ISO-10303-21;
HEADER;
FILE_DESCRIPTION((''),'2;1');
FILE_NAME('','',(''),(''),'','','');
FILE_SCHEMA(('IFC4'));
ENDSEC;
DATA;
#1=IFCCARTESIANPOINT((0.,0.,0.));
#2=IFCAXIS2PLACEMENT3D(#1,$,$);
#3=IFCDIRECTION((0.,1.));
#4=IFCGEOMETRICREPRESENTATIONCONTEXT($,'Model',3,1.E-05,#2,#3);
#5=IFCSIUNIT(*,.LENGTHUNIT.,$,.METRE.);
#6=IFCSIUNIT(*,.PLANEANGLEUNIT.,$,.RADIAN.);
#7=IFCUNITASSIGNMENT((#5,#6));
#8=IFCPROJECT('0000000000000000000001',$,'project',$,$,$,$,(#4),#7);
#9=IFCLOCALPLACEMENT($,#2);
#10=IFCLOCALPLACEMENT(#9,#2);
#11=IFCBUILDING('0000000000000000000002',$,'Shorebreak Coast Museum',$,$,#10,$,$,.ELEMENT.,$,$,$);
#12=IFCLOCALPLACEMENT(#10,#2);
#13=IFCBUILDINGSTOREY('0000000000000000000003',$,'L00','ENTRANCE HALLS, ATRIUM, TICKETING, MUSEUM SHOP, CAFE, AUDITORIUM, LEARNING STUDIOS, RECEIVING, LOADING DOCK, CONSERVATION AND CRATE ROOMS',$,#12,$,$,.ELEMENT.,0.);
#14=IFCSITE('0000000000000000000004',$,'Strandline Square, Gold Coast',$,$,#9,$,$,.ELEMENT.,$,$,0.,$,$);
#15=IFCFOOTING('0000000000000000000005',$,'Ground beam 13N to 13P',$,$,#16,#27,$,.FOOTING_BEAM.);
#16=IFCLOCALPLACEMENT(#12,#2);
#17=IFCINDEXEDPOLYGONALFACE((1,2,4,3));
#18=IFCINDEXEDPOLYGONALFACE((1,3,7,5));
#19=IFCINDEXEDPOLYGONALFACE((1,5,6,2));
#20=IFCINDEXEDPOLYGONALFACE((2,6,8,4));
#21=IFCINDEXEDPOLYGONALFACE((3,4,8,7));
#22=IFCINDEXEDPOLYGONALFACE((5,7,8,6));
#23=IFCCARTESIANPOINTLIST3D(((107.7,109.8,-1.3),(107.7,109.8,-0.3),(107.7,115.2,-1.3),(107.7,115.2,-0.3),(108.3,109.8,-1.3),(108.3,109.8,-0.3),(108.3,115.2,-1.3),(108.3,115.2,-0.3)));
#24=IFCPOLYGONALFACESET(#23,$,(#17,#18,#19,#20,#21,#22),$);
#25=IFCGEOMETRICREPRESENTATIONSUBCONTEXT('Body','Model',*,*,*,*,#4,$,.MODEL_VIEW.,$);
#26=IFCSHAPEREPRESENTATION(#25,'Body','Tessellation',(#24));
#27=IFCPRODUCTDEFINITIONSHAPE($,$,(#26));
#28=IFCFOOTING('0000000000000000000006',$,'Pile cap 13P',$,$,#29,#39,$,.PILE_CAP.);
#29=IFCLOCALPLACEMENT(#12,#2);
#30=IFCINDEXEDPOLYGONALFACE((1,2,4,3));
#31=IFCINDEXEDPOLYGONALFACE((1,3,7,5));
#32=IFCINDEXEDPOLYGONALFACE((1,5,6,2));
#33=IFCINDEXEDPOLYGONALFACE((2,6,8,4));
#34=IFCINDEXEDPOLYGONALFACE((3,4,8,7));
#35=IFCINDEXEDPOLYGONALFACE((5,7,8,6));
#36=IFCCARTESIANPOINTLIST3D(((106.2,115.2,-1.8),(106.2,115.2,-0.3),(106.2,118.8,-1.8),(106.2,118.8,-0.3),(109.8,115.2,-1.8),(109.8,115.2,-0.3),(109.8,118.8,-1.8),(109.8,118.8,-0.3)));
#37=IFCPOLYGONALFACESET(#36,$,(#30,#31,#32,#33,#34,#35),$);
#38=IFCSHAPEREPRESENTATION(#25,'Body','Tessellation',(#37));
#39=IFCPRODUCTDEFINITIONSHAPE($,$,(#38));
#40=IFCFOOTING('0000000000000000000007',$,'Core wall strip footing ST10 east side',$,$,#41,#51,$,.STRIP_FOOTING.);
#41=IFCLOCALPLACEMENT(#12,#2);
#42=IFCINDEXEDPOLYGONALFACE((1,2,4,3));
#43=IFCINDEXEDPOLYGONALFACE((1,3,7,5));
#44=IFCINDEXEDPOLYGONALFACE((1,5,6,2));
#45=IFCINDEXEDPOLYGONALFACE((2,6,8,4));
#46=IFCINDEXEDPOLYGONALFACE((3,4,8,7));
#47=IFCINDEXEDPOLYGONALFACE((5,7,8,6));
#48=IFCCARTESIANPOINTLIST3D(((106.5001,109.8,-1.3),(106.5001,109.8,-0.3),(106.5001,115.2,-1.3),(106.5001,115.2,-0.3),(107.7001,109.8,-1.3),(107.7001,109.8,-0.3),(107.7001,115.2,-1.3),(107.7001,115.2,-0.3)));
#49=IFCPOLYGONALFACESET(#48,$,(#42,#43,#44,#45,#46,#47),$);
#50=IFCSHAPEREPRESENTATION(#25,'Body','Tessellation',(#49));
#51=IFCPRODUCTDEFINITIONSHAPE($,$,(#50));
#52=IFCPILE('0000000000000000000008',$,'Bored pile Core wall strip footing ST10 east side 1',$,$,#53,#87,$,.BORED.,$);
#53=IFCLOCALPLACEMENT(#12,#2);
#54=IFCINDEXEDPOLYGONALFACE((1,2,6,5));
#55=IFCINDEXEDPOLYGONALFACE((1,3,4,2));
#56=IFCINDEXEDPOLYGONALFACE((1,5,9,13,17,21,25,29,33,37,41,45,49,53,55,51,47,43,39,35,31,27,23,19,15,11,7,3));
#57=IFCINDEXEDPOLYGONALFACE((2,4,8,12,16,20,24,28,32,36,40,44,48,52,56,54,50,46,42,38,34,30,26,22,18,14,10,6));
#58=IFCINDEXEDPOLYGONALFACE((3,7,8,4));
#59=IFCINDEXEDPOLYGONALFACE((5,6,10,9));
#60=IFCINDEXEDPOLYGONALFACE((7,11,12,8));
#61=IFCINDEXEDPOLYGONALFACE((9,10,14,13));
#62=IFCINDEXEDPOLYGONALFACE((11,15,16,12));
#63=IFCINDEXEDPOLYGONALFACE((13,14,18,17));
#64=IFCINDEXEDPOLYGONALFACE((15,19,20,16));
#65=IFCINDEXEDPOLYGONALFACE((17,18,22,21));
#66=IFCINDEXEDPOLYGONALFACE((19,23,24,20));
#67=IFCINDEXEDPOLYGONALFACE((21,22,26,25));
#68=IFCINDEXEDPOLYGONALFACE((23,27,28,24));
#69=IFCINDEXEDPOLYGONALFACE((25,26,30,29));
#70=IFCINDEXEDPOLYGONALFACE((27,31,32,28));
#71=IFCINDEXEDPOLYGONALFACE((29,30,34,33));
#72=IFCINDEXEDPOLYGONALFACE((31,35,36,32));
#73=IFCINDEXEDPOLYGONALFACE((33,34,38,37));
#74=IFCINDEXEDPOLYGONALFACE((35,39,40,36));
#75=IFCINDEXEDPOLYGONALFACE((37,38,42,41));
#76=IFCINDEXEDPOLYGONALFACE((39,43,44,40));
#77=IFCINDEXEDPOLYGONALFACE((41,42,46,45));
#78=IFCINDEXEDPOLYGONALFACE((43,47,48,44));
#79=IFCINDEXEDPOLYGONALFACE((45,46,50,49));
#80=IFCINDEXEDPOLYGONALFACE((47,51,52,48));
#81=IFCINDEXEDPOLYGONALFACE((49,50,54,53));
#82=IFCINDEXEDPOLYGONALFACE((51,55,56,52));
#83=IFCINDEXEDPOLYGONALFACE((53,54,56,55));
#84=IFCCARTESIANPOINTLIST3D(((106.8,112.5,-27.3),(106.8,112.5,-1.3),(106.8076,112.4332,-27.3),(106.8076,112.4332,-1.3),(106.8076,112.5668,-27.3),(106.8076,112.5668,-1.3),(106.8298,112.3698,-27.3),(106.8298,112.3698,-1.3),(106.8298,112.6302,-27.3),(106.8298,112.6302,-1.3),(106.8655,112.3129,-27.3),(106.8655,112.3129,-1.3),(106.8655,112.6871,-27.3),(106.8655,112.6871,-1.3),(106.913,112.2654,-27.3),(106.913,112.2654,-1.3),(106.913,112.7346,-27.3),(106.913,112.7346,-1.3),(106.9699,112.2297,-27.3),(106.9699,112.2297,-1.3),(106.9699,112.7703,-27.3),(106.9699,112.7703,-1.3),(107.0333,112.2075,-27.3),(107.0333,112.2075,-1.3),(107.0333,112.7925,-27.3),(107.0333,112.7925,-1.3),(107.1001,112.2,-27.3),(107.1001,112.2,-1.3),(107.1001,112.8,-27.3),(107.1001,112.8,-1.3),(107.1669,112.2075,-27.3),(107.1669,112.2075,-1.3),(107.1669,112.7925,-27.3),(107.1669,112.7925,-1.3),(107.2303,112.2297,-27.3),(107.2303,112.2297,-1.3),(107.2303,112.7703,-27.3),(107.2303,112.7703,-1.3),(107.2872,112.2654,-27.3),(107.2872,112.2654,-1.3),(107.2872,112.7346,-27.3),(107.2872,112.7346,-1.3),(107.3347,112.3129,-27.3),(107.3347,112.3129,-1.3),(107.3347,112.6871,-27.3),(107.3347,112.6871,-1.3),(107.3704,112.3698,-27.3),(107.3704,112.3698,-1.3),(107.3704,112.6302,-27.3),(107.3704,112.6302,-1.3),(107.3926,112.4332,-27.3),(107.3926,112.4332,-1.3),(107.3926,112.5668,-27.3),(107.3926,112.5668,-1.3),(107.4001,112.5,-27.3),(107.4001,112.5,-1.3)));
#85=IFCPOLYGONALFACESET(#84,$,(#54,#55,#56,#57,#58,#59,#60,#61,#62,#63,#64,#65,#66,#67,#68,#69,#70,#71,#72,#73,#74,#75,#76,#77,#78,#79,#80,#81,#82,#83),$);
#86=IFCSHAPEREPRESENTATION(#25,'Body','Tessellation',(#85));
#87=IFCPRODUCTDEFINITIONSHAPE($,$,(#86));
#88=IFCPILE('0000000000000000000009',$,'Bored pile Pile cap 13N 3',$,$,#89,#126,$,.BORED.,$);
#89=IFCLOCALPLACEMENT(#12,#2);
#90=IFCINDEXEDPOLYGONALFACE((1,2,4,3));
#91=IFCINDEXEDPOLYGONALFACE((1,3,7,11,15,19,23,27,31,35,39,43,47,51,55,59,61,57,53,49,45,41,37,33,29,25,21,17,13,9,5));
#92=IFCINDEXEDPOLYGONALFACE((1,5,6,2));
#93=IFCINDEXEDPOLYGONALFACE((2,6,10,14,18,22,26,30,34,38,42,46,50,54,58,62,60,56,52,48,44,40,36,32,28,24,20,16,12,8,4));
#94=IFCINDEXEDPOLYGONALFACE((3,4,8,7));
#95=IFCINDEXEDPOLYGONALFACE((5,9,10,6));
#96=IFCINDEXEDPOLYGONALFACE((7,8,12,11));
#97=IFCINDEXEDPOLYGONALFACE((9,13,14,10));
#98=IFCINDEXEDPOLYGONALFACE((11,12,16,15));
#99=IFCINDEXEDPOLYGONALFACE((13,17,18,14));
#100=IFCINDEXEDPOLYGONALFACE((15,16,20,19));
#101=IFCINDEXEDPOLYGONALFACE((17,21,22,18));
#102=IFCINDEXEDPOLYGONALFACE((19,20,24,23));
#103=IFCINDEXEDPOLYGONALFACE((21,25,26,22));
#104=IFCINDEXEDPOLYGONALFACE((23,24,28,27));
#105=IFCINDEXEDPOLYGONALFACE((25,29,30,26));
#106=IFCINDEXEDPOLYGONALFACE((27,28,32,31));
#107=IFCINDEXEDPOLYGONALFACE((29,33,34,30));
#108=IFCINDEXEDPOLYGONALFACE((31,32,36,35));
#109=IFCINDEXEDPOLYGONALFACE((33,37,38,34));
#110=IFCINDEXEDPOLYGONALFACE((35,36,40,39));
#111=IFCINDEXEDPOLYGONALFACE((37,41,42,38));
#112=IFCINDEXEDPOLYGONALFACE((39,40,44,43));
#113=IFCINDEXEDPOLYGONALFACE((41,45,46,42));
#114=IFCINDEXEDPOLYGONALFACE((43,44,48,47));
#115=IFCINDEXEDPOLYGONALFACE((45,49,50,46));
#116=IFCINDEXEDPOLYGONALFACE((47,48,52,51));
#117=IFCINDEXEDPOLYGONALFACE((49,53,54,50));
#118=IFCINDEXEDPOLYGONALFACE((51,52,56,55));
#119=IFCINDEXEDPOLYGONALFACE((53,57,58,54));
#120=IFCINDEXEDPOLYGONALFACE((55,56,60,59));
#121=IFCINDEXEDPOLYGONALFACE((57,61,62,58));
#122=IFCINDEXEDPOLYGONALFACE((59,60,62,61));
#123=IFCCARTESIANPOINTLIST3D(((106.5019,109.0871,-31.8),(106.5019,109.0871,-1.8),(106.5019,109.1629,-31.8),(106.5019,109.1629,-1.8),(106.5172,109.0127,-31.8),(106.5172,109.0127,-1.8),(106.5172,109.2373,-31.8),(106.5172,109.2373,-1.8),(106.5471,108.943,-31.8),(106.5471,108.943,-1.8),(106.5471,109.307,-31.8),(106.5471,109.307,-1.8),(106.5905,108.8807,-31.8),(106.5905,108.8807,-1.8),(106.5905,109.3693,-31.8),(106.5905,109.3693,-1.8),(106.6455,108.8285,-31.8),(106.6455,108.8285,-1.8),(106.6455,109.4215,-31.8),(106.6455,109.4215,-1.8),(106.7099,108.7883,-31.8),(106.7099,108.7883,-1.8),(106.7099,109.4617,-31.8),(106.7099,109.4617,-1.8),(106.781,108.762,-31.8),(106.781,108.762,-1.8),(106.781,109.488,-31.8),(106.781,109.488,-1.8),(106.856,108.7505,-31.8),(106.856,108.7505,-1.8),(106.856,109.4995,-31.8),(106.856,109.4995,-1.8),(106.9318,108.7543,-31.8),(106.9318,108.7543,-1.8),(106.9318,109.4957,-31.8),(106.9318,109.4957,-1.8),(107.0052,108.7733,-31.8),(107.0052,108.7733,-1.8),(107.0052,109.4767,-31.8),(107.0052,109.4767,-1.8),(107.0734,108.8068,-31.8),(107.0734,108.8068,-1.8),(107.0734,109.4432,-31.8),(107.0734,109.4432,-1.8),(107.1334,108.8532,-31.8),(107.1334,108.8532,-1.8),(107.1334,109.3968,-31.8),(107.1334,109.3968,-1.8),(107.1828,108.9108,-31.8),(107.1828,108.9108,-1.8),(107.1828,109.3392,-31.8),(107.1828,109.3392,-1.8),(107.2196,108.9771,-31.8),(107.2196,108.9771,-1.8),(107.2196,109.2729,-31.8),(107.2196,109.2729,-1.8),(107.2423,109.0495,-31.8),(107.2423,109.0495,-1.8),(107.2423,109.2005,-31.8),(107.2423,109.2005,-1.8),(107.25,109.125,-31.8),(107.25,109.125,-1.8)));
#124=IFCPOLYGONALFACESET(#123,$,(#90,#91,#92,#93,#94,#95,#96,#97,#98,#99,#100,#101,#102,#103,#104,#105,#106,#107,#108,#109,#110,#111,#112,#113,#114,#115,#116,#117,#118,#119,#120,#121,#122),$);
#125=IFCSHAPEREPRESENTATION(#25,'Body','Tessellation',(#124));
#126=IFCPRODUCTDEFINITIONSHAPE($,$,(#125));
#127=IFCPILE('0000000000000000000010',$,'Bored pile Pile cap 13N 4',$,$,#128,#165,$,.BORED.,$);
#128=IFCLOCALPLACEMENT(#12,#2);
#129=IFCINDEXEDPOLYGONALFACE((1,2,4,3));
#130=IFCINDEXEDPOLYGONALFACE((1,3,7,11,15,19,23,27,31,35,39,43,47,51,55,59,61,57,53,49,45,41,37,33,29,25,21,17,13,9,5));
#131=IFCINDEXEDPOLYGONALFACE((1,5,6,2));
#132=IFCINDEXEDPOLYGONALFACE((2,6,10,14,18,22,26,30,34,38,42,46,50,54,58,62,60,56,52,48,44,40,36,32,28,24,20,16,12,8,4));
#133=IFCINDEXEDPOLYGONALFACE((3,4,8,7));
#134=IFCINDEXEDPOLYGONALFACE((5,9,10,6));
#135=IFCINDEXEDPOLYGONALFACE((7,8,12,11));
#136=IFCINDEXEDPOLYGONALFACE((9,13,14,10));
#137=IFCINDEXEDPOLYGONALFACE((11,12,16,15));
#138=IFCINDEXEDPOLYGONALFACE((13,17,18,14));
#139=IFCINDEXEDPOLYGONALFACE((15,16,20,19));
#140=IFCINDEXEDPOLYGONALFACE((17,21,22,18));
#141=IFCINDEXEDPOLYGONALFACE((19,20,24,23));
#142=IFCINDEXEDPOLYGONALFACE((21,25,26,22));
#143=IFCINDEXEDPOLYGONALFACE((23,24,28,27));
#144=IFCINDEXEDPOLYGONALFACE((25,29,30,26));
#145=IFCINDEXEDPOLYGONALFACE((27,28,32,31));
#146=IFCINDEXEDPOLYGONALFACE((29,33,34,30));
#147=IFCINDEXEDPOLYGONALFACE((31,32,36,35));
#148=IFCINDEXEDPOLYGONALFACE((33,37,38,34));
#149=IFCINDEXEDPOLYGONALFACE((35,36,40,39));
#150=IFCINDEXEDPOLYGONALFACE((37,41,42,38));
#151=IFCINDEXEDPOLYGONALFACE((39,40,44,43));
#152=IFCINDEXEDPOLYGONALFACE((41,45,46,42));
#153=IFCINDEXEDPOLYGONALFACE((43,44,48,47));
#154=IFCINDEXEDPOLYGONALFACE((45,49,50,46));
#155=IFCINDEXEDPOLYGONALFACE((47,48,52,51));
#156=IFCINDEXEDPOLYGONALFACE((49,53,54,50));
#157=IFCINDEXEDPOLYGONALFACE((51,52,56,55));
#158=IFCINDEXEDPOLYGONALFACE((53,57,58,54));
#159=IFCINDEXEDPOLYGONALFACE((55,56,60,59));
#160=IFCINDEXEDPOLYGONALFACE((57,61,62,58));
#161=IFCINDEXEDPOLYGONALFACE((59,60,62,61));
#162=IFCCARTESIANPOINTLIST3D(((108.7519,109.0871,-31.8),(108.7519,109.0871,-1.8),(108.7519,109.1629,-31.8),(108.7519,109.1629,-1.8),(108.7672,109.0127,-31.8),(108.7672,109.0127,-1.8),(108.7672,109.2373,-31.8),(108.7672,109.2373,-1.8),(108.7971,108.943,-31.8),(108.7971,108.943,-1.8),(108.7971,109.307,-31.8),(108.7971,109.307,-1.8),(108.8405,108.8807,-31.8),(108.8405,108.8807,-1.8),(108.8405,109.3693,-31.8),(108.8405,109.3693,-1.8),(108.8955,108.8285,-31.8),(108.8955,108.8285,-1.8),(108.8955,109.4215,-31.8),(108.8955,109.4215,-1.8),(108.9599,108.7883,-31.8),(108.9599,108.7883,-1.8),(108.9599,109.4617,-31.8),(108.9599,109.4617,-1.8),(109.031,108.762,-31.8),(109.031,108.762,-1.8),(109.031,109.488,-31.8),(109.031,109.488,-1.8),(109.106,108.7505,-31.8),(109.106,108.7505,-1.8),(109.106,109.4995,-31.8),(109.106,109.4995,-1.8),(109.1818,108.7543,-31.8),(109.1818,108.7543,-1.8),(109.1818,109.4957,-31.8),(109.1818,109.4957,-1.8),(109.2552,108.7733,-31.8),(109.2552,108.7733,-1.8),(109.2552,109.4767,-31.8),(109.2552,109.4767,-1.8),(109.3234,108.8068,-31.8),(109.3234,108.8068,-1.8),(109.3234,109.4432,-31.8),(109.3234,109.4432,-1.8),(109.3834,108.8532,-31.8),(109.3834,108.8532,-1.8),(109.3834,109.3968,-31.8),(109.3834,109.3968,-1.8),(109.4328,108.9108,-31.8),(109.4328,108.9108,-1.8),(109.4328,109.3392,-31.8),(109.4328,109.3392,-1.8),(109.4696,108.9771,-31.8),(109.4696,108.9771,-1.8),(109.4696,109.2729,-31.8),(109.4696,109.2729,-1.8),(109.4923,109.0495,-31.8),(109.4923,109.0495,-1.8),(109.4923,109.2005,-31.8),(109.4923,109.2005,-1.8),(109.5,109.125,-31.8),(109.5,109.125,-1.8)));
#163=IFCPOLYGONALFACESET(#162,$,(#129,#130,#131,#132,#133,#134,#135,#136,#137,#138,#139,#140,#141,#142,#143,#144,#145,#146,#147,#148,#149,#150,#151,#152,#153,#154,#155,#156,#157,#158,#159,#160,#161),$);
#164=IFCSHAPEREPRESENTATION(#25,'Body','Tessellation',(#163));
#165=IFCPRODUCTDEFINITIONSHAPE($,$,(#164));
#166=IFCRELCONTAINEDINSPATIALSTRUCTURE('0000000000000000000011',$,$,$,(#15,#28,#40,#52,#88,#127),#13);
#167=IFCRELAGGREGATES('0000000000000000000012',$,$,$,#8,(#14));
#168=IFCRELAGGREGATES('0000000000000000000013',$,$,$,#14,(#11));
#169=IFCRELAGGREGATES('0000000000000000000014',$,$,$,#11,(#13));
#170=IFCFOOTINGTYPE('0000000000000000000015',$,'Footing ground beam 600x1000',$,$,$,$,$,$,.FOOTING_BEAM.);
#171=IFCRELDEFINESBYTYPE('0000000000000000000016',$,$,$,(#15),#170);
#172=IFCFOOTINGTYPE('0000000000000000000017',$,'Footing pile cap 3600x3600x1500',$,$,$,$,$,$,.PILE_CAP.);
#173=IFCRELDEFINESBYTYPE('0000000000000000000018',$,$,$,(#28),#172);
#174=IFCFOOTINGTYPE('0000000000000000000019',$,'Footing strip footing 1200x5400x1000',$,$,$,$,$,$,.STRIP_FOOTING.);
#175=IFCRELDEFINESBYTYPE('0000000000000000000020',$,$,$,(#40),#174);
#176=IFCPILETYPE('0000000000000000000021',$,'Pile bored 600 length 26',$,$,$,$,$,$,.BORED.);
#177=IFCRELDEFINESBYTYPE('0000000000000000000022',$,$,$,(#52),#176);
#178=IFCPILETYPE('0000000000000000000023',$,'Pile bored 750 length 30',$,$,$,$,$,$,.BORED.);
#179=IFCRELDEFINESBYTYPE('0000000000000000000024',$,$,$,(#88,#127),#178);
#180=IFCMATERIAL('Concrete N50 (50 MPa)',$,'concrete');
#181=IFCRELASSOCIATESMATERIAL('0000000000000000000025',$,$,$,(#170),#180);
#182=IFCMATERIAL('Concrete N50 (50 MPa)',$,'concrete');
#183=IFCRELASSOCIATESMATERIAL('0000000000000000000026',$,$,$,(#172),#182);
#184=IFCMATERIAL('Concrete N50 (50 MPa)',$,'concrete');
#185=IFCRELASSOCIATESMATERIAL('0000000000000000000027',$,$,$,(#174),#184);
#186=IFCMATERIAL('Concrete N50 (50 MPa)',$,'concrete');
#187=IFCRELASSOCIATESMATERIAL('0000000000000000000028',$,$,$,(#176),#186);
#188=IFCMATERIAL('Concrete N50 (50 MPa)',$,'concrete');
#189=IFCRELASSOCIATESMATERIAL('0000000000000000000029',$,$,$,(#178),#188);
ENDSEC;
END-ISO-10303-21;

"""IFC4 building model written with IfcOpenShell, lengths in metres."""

from ifc_helpers import new_model, si_unit, direction, frame, origin, origin_2d, place, context, subcontext, project, spatial, rectangle, circle, extrude, material, material_profile, profile_set, type_object, element, save


model = new_model("IFC4")

# Units and contexts
model_context = context("Model", 3, precision=1e-05, world=origin(), true_north=direction((0.0, 1.0)))
body_context = subcontext(model_context, "Body", "Model", "MODEL_VIEW")
ifc_project = project(units=[si_unit("LENGTHUNIT", "METRE"), si_unit("PLANEANGLEUNIT", "RADIAN")], contexts=[model_context])

# Site, building, storey
site_placement = place(None, origin())
site = spatial("IfcSite", under=ifc_project, at=site_placement, Name="Strandline Square, Gold Coast", CompositionType="ELEMENT", RefElevation=0.0)
building_placement = place(site_placement, origin())
building = spatial("IfcBuilding", under=site, at=building_placement, Name="Shorebreak Coast Museum", CompositionType="ELEMENT")
storey_placement = place(building_placement, origin())
storey = spatial("IfcBuildingStorey", under=building, at=storey_placement, Name="L00", Description="ENTRANCE HALLS, ATRIUM, TICKETING, MUSEUM SHOP, CAFE, AUDITORIUM, LEARNING STUDIOS, RECEIVING, LOADING DOCK, CONSERVATION AND CRATE ROOMS", CompositionType="ELEMENT", Elevation=0.0)

# Footings
ifc_material_1 = material(Name="Concrete N50 (50 MPa)", Category="concrete")
footing_type_1 = type_object("IfcFootingType", Name="Footing ground beam 600x1000", PredefinedType="FOOTING_BEAM", material=ifc_material_1)
footing_1_placement = place(storey_placement, frame((108.0, 112.5, -1.3), z_axis=(0.0, 0.0, 1.0), x_axis=(1.0, 0.0, 0.0)))
element("IfcFooting", 1, at=footing_1_placement, inside=storey, type_object=footing_type_1, Name="Ground beam 13N to 13P", PredefinedType="FOOTING_BEAM", context=body_context, shape_type="SweptSolid", body=[
    extrude(rectangle(XDim=0.6001, YDim=5.3999, at=origin_2d()), origin(), (0.0, 0.0, 1.0), 1.0),
])
ifc_material_2 = material(Name="Concrete N50 (50 MPa)", Category="concrete")
footing_type_2 = type_object("IfcFootingType", Name="Footing pile cap 3600x3600x1500", PredefinedType="PILE_CAP", material=ifc_material_2)
footing_2_placement = place(storey_placement, frame((108.0, 117.0, -1.8), z_axis=(0.0, 0.0, 1.0), x_axis=(1.0, 0.0, 0.0)))
element("IfcFooting", 2, at=footing_2_placement, inside=storey, type_object=footing_type_2, Name="Pile cap 13P", PredefinedType="PILE_CAP", context=body_context, shape_type="SweptSolid", body=[
    extrude(rectangle(XDim=3.6001, YDim=3.6001, at=origin_2d()), origin(), (0.0, 0.0, 1.0), 1.5),
])
ifc_material_3 = material(Name="Concrete N50 (50 MPa)", Category="concrete")
footing_type_3 = type_object("IfcFootingType", Name="Footing strip footing 1200x5400x1000", PredefinedType="STRIP_FOOTING", material=ifc_material_3)
footing_3_placement = place(storey_placement, frame((107.1001, 112.5, -1.3), z_axis=(0.0, 0.0, 1.0), x_axis=(1.0, 0.0, 0.0)))
element("IfcFooting", 3, at=footing_3_placement, inside=storey, type_object=footing_type_3, Name="Core wall strip footing ST10 east side", PredefinedType="STRIP_FOOTING", context=body_context, shape_type="SweptSolid", body=[
    extrude(rectangle(XDim=1.2, YDim=5.3999, at=origin_2d()), origin(), (0.0, 0.0, 1.0), 1.0),
])

# Piles
ifc_material_4 = material(Name="Concrete N50 (50 MPa)", Category="concrete")
ifc_material_profile_1 = material_profile(ifc_material_4, circle(Radius=0.3, at=origin_2d()), Name="Pile bored 600 length 26")
ifc_profile_set_1 = profile_set([ifc_material_profile_1], Name="Concrete N50 (50 MPa)")
pile_type_1 = type_object("IfcPileType", Name="Pile bored 600 length 26", PredefinedType="BORED", material=ifc_profile_set_1)
pile_1_placement = place(storey_placement, frame((107.1001, 112.5, -1.3), z_axis=(0.0, 0.0, -1.0), x_axis=(1.0, 0.0, 0.0)))
element("IfcPile", 4, at=pile_1_placement, inside=storey, type_object=pile_type_1, Name="Bored pile Core wall strip footing ST10 east side 1", PredefinedType="BORED", context=body_context, shape_type="SweptSolid", body=[
    extrude(circle(Radius=0.3, at=origin_2d()), origin(), (0.0, 0.0, 1.0), 26.0),
])
ifc_material_5 = material(Name="Concrete N50 (50 MPa)", Category="concrete")
ifc_material_profile_2 = material_profile(ifc_material_5, circle(Radius=0.375, at=origin_2d()), Name="Pile bored 750 length 30")
ifc_profile_set_2 = profile_set([ifc_material_profile_2], Name="Concrete N50 (50 MPa)")
pile_type_2 = type_object("IfcPileType", Name="Pile bored 750 length 30", PredefinedType="BORED", material=ifc_profile_set_2)
for number, where, z_axis, x_axis, name in (
    (5, (106.875, 109.125, -1.8), (0.0, 0.0, -1.0), (1.0, 0.0, 0.0), "Bored pile Pile cap 13N 3"),
    (6, (109.125, 109.125, -1.8), (0.0, 0.0, -1.0), (1.0, 0.0, 0.0), "Bored pile Pile cap 13N 4"),
):
    element("IfcPile", number, at=place(storey_placement, frame(where, z_axis=z_axis, x_axis=x_axis)), inside=storey, type_object=pile_type_2, Name=name, PredefinedType="BORED", context=body_context, shape_type="SweptSolid", body=[
        extrude(circle(Radius=0.375, at=origin_2d()), origin(), (0.0, 0.0, 1.0), 30.0),
    ])

save(model, "model.ifc")
